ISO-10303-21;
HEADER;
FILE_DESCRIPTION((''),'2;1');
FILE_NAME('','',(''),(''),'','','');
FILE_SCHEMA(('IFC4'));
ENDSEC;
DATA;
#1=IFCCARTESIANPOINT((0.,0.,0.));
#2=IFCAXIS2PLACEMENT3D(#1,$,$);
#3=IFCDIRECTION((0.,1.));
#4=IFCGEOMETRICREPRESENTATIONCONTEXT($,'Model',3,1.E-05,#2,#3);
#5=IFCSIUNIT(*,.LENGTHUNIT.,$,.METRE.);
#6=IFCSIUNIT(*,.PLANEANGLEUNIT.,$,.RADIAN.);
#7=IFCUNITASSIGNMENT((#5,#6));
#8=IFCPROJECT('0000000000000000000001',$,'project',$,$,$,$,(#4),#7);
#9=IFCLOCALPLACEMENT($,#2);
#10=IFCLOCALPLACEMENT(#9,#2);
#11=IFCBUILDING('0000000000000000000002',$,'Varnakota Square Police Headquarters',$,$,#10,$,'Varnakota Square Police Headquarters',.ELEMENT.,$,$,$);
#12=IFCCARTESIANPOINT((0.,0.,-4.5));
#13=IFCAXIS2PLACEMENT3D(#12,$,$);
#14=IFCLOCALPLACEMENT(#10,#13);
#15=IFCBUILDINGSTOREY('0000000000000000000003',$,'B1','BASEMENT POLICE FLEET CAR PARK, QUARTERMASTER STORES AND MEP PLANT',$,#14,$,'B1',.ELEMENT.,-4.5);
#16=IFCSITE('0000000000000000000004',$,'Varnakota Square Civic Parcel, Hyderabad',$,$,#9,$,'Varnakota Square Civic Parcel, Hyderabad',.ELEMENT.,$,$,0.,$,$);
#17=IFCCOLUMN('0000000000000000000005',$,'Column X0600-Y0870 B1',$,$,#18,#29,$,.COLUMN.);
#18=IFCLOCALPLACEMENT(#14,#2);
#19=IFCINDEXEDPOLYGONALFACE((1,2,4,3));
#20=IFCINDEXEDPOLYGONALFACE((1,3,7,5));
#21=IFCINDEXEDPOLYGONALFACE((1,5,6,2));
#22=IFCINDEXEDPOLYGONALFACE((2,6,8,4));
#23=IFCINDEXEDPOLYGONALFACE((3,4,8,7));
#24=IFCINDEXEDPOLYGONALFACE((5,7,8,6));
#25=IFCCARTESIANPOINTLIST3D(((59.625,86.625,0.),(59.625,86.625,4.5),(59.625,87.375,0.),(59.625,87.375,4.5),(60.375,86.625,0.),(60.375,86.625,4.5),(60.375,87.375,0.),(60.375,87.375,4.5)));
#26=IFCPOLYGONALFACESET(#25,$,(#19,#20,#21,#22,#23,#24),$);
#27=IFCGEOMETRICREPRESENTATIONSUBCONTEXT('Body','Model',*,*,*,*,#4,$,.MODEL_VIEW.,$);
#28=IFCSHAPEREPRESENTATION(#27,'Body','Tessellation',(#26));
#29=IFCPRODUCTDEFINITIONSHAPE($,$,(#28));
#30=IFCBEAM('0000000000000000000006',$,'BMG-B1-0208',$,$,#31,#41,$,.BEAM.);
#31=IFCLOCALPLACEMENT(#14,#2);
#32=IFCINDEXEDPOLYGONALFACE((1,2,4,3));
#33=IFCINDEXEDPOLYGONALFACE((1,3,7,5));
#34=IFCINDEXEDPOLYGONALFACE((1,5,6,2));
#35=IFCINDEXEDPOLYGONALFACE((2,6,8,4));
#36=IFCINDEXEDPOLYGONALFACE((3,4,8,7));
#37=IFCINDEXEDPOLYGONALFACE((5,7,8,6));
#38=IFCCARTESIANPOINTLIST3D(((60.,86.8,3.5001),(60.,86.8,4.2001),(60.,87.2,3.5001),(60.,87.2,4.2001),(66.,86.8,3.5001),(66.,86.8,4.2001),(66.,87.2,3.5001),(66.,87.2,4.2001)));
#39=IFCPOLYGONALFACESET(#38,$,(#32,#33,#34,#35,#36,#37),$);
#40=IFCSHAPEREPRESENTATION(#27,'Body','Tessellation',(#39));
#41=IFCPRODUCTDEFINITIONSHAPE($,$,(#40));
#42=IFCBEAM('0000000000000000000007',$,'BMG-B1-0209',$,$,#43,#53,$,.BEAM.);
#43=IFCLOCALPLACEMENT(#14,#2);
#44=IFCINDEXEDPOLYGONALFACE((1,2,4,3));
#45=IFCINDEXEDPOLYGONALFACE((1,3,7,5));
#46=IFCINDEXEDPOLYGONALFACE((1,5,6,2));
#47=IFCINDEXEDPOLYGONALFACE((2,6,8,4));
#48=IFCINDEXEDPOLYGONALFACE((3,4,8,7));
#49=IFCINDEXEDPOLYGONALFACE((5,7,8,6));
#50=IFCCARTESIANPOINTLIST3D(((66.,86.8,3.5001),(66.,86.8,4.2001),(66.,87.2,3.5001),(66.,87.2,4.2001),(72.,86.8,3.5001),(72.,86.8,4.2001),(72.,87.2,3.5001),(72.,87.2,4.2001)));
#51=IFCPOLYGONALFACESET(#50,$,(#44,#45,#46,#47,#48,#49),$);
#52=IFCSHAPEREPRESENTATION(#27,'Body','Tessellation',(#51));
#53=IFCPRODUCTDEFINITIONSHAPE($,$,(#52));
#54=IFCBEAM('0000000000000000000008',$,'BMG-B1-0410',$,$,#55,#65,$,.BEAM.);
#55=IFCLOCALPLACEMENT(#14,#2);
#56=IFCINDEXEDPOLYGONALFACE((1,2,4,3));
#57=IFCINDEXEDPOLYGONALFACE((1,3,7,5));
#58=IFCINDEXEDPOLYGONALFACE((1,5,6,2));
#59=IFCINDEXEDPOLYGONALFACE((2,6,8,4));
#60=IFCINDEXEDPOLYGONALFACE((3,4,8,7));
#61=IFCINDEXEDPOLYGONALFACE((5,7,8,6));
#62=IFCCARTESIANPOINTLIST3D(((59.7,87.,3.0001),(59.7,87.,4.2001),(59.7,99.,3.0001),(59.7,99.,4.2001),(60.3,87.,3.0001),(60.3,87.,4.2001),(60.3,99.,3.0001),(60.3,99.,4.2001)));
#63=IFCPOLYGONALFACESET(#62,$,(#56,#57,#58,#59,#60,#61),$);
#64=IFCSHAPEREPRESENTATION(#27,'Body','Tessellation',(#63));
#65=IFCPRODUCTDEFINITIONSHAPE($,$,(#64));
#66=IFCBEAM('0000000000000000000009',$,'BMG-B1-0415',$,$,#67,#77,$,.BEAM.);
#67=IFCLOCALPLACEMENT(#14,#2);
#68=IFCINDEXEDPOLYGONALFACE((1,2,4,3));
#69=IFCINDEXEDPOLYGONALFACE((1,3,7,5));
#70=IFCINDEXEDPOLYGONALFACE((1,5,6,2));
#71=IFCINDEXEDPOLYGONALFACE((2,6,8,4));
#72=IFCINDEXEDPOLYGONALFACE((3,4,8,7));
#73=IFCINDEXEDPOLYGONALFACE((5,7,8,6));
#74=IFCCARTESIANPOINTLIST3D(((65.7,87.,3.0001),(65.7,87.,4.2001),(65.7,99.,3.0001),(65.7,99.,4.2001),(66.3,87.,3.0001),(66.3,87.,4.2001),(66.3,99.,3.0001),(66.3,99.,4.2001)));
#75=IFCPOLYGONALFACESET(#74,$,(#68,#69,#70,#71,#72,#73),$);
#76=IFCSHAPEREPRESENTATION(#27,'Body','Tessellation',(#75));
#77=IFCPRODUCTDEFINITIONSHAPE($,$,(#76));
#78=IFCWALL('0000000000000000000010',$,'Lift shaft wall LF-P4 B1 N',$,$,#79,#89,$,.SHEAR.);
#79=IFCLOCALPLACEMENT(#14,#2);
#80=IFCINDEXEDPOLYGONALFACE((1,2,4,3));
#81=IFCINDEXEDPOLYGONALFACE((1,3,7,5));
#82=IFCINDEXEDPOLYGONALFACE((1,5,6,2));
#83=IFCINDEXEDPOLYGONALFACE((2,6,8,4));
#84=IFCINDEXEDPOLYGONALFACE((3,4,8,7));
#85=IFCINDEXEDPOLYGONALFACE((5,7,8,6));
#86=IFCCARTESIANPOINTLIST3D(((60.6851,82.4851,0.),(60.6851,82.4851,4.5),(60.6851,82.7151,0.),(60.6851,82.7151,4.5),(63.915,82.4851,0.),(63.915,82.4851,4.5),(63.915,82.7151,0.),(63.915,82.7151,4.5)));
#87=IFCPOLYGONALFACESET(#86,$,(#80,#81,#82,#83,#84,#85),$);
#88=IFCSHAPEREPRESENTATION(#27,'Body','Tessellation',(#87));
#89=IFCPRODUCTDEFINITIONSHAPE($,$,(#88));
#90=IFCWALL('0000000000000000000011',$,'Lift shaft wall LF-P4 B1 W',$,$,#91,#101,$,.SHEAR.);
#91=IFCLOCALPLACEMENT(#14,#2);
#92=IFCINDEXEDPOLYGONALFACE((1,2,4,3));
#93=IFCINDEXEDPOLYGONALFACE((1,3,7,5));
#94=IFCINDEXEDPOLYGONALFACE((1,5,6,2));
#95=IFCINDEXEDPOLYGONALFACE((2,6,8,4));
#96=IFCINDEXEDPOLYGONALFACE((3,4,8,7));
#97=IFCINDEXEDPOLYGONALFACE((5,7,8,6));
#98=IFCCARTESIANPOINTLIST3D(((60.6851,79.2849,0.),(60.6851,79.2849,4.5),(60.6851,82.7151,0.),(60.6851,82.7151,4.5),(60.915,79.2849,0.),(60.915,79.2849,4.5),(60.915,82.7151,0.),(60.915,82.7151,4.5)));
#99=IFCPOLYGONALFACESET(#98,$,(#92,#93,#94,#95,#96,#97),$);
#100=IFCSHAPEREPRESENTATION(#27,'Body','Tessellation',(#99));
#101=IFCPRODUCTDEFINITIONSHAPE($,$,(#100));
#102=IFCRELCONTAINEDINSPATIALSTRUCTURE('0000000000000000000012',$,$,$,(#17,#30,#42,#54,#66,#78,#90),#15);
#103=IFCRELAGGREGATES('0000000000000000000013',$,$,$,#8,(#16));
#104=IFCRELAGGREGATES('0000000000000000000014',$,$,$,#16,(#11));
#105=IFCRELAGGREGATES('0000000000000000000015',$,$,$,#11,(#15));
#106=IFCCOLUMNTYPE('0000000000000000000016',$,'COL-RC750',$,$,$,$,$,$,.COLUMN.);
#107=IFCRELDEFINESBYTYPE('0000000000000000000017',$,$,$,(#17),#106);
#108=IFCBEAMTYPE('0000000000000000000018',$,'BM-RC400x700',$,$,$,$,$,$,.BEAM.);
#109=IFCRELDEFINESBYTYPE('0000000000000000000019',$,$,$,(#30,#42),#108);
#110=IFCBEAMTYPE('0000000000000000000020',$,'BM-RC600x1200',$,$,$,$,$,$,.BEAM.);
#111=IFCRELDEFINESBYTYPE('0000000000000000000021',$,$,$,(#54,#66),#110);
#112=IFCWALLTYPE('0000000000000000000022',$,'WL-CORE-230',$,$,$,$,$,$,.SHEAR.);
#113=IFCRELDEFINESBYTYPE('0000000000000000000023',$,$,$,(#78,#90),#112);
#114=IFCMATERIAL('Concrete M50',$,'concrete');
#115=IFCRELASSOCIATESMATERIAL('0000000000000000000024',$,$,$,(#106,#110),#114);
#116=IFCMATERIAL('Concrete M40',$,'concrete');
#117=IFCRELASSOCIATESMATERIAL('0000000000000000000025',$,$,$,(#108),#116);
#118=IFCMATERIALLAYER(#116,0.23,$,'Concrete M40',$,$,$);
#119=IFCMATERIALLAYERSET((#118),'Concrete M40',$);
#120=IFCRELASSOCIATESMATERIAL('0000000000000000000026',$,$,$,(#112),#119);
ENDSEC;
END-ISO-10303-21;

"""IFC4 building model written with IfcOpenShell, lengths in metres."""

from ifc_helpers import new_model, si_unit, direction, frame, frame_2d, origin, origin_2d, place, context, subcontext, project, spatial, rectangle, extrude, material, layer, layer_set, material_profile, profile_set, type_object, element, save


model = new_model("IFC4")

# Units and contexts
model_context = context("Model", 3, precision=1e-05, world=origin(), true_north=direction((0.0, 1.0)))
body_context = subcontext(model_context, "Body", "Model", "MODEL_VIEW")
ifc_project = project(units=[si_unit("LENGTHUNIT", "METRE"), si_unit("PLANEANGLEUNIT", "RADIAN")], contexts=[model_context])

# Site, building, storey
site_placement = place(None, origin())
site = spatial("IfcSite", under=ifc_project, at=site_placement, Name="Varnakota Square Civic Parcel, Hyderabad", LongName="Varnakota Square Civic Parcel, Hyderabad", CompositionType="ELEMENT", RefElevation=0.0)
building_placement = place(site_placement, origin())
building = spatial("IfcBuilding", under=site, at=building_placement, Name="Varnakota Square Police Headquarters", LongName="Varnakota Square Police Headquarters", CompositionType="ELEMENT")
storey_placement = place(building_placement, frame((0.0, 0.0, -4.5)))
storey = spatial("IfcBuildingStorey", under=building, at=storey_placement, Name="B1", Description="BASEMENT POLICE FLEET CAR PARK, QUARTERMASTER STORES AND MEP PLANT", LongName="B1", CompositionType="ELEMENT", Elevation=-4.5)

# Shared definitions
ifc_material_1 = material(Name="Concrete M40", Category="concrete")
ifc_material_2 = material(Name="Concrete M50", Category="concrete")

# Column
ifc_material_profile_1 = material_profile(ifc_material_2, rectangle(XDim=0.75, YDim=0.75, at=origin_2d()), Name="RC 750x750")
ifc_profile_set_1 = profile_set([ifc_material_profile_1], Name="Concrete M50")
column_type_1 = type_object("IfcColumnType", Name="COL-RC750", PredefinedType="COLUMN", material=ifc_profile_set_1)
column_1_placement = place(storey_placement, frame((60.0, 87.0, 0.0), z_axis=(0.0, 0.0, 1.0), x_axis=(1.0, 0.0, 0.0)))
element("IfcColumn", 1, at=column_1_placement, inside=storey, type_object=column_type_1, Name="Column X0600-Y0870 B1", PredefinedType="COLUMN", context=body_context, shape_type="SweptSolid", body=[
    extrude(rectangle(XDim=0.75, YDim=0.75, at=origin_2d()), origin(), (0.0, 0.0, 1.0), 4.5),
])

# Beams
ifc_material_profile_2 = material_profile(ifc_material_1, rectangle(XDim=0.3999, YDim=0.7, at=origin_2d()), Name="RC 400x700")
ifc_profile_set_2 = profile_set([ifc_material_profile_2], Name="Concrete M40")
beam_type_1 = type_object("IfcBeamType", Name="BM-RC400x700", PredefinedType="BEAM", material=ifc_profile_set_2)
for number, where, z_axis, x_axis, name in (
    (2, (60.0, 87.0, 3.8501), (1.0, 0.0, 0.0), (0.0, 1.0, 0.0), "BMG-B1-0208"),
    (3, (66.0, 87.0, 3.8501), (1.0, 0.0, 0.0), (0.0, 1.0, 0.0), "BMG-B1-0209"),
):
    element("IfcBeam", number, at=place(storey_placement, frame(where, z_axis=z_axis, x_axis=x_axis)), inside=storey, type_object=beam_type_1, Name=name, PredefinedType="BEAM", context=body_context, shape_type="SweptSolid", body=[
        extrude(rectangle(XDim=0.3999, YDim=0.7, at=origin_2d()), origin(), (0.0, 0.0, 1.0), 6.0),
    ])
ifc_material_profile_3 = material_profile(ifc_material_2, rectangle(XDim=0.6001, YDim=1.2, at=origin_2d()), Name="RC 600x1200")
ifc_profile_set_3 = profile_set([ifc_material_profile_3], Name="Concrete M50")
beam_type_2 = type_object("IfcBeamType", Name="BM-RC600x1200", PredefinedType="BEAM", material=ifc_profile_set_3)
for number, where, z_axis, x_axis, name in (
    (4, (60.0, 87.0, 3.6001), (0.0, 1.0, 0.0), (-1.0, 0.0, 0.0), "BMG-B1-0410"),
    (5, (66.0, 87.0, 3.6001), (0.0, 1.0, 0.0), (-1.0, 0.0, 0.0), "BMG-B1-0415"),
):
    element("IfcBeam", number, at=place(storey_placement, frame(where, z_axis=z_axis, x_axis=x_axis)), inside=storey, type_object=beam_type_2, Name=name, PredefinedType="BEAM", context=body_context, shape_type="SweptSolid", body=[
        extrude(rectangle(XDim=0.6001, YDim=1.2, at=origin_2d()), origin(), (0.0, 0.0, 1.0), 12.0),
    ])

# Walls
ifc_layer = layer(ifc_material_1, 0.23, Name="Concrete M40")
ifc_layer_set = layer_set([ifc_layer], Name="Concrete M40")
wall_type = type_object("IfcWallType", Name="WL-CORE-230", PredefinedType="SHEAR", material=ifc_layer_set)
wall_1_placement = place(storey_placement, frame((63.915, 82.6001, 0.0), z_axis=(0.0, 0.0, 1.0), x_axis=(-1.0, 0.0, 0.0)))
element("IfcWall", 6, at=wall_1_placement, inside=storey, type_object=wall_type, Name="Lift shaft wall LF-P4 B1 N", PredefinedType="SHEAR", context=body_context, shape_type="SweptSolid", body=[
    extrude(rectangle(XDim=3.23, YDim=0.23, at=frame_2d((1.615, 0.0))), origin(), (0.0, 0.0, 1.0), 4.5),
])
wall_2_placement = place(storey_placement, frame((60.8, 82.7151, 0.0), z_axis=(0.0, 0.0, 1.0), x_axis=(0.0, -1.0, 0.0)))
element("IfcWall", 7, at=wall_2_placement, inside=storey, type_object=wall_type, Name="Lift shaft wall LF-P4 B1 W", PredefinedType="SHEAR", context=body_context, shape_type="SweptSolid", body=[
    extrude(rectangle(XDim=3.4302, YDim=0.23, at=frame_2d((1.7151, 0.0))), origin(), (0.0, 0.0, 1.0), 4.5),
])

save(model, "model.ifc")
